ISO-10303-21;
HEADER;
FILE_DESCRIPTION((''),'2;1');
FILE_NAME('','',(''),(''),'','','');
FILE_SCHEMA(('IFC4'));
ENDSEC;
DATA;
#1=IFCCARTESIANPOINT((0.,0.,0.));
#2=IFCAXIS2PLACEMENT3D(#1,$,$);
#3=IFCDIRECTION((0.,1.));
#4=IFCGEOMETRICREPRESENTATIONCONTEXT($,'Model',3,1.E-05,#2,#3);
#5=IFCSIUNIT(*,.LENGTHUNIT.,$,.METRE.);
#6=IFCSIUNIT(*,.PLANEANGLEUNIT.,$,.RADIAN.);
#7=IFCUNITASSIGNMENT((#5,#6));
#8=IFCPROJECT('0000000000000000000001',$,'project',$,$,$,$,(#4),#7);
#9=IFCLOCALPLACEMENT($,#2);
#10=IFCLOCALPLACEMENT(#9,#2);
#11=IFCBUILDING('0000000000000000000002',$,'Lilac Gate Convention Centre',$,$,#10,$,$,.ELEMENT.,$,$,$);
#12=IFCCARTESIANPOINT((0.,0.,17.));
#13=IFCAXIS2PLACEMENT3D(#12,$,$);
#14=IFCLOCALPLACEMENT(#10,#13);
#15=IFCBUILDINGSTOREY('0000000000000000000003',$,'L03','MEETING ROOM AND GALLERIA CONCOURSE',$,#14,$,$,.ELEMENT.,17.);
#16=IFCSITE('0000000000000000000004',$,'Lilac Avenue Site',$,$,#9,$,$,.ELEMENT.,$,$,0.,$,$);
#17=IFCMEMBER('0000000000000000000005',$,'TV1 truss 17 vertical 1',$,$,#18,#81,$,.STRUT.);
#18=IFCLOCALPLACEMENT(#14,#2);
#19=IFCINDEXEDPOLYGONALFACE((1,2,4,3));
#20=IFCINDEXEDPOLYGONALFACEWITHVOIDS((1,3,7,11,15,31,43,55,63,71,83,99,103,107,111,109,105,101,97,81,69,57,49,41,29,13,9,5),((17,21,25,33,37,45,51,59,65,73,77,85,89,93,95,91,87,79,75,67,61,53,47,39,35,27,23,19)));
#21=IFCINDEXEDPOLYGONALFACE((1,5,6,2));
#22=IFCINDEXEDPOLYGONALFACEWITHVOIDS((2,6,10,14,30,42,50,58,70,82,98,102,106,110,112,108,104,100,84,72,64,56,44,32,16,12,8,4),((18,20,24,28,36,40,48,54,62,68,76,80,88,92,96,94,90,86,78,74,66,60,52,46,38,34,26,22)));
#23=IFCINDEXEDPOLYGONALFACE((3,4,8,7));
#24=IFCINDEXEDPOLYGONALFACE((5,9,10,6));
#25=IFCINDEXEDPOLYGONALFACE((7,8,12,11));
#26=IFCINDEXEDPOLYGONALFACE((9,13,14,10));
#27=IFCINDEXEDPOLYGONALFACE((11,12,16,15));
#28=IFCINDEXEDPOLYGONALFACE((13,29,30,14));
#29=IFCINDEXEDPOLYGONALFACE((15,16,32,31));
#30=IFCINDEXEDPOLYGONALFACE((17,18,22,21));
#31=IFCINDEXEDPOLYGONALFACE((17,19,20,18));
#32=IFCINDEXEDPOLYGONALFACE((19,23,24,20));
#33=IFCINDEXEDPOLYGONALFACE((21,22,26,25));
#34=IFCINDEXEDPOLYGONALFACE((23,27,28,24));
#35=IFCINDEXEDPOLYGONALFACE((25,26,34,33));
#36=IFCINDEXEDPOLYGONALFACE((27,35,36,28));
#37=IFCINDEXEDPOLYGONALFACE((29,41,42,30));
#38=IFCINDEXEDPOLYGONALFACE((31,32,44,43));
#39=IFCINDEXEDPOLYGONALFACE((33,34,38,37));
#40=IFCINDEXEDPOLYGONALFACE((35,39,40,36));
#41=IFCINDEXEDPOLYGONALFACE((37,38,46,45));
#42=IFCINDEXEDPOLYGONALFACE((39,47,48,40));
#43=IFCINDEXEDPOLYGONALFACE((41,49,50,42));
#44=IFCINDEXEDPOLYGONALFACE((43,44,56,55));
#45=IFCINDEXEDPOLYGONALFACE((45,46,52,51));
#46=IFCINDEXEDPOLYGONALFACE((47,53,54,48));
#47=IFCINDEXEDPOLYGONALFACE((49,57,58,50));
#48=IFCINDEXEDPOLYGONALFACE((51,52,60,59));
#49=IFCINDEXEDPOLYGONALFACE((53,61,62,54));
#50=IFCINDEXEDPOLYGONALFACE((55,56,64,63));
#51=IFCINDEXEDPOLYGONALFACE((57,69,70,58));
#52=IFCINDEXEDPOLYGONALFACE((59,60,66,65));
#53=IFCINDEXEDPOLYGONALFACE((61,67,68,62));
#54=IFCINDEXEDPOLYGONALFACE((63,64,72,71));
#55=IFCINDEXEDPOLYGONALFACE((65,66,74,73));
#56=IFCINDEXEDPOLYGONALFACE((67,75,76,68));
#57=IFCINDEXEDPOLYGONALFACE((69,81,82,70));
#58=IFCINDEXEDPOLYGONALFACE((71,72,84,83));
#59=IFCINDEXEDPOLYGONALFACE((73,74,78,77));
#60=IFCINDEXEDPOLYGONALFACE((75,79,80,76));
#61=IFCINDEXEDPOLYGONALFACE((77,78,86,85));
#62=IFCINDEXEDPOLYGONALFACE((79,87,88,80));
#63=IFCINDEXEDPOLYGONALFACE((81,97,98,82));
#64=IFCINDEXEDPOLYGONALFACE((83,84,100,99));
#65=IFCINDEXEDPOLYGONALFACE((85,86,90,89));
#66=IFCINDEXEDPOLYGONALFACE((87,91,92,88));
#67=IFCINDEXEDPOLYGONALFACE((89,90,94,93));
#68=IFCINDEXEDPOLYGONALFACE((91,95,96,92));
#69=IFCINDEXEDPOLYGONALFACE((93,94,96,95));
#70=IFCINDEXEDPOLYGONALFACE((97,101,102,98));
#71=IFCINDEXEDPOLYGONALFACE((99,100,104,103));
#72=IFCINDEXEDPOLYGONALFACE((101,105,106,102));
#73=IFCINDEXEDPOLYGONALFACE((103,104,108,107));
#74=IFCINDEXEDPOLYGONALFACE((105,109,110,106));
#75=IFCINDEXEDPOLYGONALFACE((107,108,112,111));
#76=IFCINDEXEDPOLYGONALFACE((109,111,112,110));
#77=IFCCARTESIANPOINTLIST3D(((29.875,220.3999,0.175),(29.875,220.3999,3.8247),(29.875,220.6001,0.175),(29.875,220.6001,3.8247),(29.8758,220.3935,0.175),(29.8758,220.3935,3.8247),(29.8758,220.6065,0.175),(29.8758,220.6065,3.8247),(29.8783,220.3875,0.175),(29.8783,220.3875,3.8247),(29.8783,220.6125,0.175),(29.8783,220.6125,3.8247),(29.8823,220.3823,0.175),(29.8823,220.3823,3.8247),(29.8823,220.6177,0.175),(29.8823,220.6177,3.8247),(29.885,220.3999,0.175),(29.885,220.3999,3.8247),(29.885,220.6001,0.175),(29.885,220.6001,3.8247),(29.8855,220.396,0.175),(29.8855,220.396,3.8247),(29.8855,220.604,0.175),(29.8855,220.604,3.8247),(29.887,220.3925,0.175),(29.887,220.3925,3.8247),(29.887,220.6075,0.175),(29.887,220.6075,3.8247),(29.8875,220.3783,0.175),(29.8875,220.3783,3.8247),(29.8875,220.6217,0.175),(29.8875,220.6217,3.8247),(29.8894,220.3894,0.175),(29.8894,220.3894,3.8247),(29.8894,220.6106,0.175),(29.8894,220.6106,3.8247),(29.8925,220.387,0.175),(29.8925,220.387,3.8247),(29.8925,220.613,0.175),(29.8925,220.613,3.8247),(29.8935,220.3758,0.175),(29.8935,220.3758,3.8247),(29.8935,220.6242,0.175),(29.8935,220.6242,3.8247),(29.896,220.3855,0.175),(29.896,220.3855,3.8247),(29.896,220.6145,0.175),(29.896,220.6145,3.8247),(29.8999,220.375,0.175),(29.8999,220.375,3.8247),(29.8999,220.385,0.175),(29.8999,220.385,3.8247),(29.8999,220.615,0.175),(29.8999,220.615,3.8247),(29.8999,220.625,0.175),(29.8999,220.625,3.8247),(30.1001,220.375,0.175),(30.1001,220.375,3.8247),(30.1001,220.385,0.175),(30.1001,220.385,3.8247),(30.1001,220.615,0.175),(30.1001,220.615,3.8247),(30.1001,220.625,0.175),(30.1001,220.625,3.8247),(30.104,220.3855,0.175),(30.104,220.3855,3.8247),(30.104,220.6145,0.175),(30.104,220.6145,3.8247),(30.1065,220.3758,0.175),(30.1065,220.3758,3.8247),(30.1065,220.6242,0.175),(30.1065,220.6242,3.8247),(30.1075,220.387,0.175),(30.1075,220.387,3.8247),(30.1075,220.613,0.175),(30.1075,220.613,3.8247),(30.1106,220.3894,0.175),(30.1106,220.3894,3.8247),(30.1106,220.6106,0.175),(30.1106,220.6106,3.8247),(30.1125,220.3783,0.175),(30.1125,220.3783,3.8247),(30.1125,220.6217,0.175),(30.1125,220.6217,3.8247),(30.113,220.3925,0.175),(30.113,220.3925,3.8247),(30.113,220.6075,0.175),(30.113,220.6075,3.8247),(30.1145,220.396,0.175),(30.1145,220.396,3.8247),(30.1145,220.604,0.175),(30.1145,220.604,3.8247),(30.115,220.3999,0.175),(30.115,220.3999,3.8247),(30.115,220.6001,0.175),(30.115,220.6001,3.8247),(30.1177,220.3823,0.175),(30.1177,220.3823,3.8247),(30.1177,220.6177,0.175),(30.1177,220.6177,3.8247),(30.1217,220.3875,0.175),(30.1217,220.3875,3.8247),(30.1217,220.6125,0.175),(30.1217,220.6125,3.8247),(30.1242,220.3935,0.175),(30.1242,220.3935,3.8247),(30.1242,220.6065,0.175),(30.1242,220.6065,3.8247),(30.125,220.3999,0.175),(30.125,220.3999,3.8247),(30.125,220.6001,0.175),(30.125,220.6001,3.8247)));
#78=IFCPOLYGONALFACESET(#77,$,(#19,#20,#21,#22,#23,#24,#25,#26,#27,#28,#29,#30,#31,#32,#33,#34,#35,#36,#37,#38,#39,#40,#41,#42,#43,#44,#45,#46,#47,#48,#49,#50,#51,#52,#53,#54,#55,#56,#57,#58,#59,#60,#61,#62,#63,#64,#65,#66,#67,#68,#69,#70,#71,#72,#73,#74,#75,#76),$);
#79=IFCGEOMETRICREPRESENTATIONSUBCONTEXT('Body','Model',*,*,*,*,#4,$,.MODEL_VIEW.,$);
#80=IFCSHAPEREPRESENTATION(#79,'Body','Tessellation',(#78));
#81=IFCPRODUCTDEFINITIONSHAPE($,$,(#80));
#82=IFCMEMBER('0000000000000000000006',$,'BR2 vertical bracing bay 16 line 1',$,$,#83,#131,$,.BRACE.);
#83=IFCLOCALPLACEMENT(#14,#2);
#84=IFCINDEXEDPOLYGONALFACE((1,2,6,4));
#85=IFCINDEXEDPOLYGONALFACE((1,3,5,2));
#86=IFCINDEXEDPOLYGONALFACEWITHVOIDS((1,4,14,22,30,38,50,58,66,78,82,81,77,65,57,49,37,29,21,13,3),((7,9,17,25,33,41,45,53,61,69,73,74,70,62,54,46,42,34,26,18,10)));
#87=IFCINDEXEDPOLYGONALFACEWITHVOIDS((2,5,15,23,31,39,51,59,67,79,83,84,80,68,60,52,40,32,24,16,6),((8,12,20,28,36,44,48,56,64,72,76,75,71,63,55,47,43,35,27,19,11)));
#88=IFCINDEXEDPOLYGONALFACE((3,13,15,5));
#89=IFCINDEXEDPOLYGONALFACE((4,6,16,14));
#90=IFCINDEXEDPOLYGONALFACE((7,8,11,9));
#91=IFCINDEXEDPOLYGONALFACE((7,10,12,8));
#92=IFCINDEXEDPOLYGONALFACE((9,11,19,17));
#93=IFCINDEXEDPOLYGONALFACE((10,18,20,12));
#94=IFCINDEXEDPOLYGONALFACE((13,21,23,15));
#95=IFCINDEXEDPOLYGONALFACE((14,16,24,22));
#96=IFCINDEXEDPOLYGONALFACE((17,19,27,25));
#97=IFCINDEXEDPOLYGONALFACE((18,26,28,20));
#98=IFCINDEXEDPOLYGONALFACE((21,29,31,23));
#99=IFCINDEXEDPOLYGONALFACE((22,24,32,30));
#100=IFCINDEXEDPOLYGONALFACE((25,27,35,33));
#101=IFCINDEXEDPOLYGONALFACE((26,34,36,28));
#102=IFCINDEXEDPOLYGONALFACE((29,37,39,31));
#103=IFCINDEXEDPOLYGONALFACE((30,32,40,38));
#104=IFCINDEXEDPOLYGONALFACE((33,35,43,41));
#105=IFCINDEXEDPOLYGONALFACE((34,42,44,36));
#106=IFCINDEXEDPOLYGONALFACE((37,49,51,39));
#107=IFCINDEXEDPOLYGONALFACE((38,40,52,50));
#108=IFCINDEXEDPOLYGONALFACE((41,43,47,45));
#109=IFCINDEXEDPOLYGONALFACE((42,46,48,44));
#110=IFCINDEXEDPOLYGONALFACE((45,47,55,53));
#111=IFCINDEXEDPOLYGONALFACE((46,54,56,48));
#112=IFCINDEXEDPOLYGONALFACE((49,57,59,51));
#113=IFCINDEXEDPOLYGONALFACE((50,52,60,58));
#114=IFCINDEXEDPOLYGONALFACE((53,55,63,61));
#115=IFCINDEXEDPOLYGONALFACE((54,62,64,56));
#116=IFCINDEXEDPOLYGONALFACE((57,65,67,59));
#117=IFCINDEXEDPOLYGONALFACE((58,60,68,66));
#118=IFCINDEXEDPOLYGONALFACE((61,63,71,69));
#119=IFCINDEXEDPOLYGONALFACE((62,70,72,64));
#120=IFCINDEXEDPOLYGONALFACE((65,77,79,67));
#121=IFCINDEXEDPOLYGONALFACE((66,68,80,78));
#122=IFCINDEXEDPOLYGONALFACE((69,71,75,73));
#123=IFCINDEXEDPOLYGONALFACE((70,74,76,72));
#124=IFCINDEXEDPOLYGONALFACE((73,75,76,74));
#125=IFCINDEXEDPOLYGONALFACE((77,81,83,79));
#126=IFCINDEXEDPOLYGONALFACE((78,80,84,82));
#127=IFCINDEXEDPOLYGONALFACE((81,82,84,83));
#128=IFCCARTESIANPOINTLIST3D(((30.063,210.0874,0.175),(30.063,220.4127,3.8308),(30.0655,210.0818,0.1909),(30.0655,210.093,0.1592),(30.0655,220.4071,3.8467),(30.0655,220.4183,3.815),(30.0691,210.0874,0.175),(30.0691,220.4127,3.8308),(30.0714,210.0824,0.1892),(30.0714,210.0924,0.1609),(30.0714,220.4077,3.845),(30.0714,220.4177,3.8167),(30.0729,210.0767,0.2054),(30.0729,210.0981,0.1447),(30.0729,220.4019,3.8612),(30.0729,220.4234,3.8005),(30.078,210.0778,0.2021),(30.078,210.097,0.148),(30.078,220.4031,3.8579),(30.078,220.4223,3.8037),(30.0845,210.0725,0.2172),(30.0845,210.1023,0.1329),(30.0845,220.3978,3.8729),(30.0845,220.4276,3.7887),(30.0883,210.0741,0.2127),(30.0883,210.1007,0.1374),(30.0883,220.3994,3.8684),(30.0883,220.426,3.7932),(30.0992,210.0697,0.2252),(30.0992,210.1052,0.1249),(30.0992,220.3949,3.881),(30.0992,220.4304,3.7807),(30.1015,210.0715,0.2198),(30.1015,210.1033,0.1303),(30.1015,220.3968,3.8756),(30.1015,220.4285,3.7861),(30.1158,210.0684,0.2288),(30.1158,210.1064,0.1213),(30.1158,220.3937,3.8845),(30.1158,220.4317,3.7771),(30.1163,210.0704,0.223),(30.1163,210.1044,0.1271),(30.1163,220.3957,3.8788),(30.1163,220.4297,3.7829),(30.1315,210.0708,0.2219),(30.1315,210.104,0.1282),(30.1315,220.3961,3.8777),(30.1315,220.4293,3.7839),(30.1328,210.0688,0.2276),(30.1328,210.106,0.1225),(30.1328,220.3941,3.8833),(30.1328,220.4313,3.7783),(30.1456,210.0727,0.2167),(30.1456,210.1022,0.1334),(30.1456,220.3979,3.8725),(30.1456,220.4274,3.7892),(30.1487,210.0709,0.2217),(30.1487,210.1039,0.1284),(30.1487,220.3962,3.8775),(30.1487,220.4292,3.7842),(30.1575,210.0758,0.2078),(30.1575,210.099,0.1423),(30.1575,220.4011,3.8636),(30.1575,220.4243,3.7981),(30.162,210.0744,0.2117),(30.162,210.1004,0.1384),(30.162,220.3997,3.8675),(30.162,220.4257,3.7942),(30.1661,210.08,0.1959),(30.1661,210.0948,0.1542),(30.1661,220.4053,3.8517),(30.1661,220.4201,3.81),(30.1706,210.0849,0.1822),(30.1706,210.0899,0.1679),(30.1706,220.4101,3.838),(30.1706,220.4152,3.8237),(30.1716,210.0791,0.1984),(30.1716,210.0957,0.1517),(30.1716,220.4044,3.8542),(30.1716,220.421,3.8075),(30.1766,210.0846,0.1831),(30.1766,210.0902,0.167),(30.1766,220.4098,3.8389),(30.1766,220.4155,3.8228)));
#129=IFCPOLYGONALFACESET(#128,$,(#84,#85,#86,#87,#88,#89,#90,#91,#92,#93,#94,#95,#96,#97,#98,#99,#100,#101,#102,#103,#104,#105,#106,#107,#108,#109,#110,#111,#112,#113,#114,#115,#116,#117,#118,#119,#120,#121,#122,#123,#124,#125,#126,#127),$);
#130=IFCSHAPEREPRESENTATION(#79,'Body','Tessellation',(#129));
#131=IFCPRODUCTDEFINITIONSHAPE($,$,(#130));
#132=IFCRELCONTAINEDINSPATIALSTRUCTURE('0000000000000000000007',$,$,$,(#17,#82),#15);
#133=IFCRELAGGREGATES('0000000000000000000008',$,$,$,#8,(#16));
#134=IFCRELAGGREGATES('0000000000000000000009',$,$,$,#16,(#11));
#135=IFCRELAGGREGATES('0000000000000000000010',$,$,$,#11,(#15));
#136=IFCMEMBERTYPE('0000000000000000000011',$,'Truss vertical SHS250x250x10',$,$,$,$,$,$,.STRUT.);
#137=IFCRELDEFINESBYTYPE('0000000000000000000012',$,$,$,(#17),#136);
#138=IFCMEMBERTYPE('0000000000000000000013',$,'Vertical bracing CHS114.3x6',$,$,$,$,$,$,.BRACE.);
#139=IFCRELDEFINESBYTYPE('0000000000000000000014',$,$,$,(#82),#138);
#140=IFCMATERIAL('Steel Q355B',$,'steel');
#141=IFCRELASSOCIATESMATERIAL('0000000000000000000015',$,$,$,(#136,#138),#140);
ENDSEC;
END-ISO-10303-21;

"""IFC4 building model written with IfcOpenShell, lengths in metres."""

from ifc_helpers import new_model, si_unit, direction, frame, origin, origin_2d, place, context, subcontext, project, spatial, hollow_rectangle, hollow_circle, extrude, material, material_profile, profile_set, type_object, element, save


model = new_model("IFC4")

# Units and contexts
model_context = context("Model", 3, precision=1e-05, world=origin(), true_north=direction((0.0, 1.0)))
body_context = subcontext(model_context, "Body", "Model", "MODEL_VIEW")
ifc_project = project(units=[si_unit("LENGTHUNIT", "METRE"), si_unit("PLANEANGLEUNIT", "RADIAN")], contexts=[model_context])

# Site, building, storey
site_placement = place(None, origin())
site = spatial("IfcSite", under=ifc_project, at=site_placement, Name="Lilac Avenue Site", CompositionType="ELEMENT", RefElevation=0.0)
building_placement = place(site_placement, origin())
building = spatial("IfcBuilding", under=site, at=building_placement, Name="Lilac Gate Convention Centre", CompositionType="ELEMENT")
storey_placement = place(building_placement, frame((0.0, 0.0, 17.0)))
storey = spatial("IfcBuildingStorey", under=building, at=storey_placement, Name="L03", Description="MEETING ROOM AND GALLERIA CONCOURSE", CompositionType="ELEMENT", Elevation=17.0)

# Members
ifc_material = material(Name="Steel Q355B", Category="steel")
ifc_material_profile_1 = material_profile(ifc_material, hollow_rectangle(XDim=0.25, YDim=0.25, WallThickness=0.01, InnerFilletRadius=0.0149, OuterFilletRadius=0.0249, at=origin_2d()), Name="SHS250x250x10")
ifc_profile_set_1 = profile_set([ifc_material_profile_1], Name="Steel Q355B")
member_type_1 = type_object("IfcMemberType", Name="Truss vertical SHS250x250x10", PredefinedType="STRUT", material=ifc_profile_set_1)
member_1_placement = place(storey_placement, frame((30.0, 220.5, 0.175), z_axis=(0.0, 0.0, 1.0), x_axis=(1.0, 0.0, 0.0)))
element("IfcMember", 1, at=member_1_placement, inside=storey, type_object=member_type_1, Name="TV1 truss 17 vertical 1", PredefinedType="STRUT", context=body_context, shape_type="SweptSolid", body=[
    extrude(hollow_rectangle(XDim=0.25, YDim=0.25, WallThickness=0.01, InnerFilletRadius=0.0149, OuterFilletRadius=0.0249, at=origin_2d()), origin(), (0.0, 0.0, 1.0), 3.6497),
])
ifc_material_profile_2 = material_profile(ifc_material, hollow_circle(Radius=0.0571, WallThickness=0.0061, at=origin_2d()), Name="CHS114.3x6")
ifc_profile_set_2 = profile_set([ifc_material_profile_2], Name="Steel Q355B")
member_type_2 = type_object("IfcMemberType", Name="Vertical bracing CHS114.3x6", PredefinedType="BRACE", material=ifc_profile_set_2)
member_2_placement = place(storey_placement, frame((30.1201, 210.0874, 0.175), z_axis=(0.0, 0.942658, 0.33376), x_axis=(-1.0, 0.0, 0.0)))
element("IfcMember", 2, at=member_2_placement, inside=storey, type_object=member_type_2, Name="BR2 vertical bracing bay 16 line 1", PredefinedType="BRACE", context=body_context, shape_type="SweptSolid", body=[
    extrude(hollow_circle(Radius=0.0571, WallThickness=0.0061, at=origin_2d()), origin(), (0.0, 0.0, 1.0), 10.9534),
])

save(model, "model.ifc")
